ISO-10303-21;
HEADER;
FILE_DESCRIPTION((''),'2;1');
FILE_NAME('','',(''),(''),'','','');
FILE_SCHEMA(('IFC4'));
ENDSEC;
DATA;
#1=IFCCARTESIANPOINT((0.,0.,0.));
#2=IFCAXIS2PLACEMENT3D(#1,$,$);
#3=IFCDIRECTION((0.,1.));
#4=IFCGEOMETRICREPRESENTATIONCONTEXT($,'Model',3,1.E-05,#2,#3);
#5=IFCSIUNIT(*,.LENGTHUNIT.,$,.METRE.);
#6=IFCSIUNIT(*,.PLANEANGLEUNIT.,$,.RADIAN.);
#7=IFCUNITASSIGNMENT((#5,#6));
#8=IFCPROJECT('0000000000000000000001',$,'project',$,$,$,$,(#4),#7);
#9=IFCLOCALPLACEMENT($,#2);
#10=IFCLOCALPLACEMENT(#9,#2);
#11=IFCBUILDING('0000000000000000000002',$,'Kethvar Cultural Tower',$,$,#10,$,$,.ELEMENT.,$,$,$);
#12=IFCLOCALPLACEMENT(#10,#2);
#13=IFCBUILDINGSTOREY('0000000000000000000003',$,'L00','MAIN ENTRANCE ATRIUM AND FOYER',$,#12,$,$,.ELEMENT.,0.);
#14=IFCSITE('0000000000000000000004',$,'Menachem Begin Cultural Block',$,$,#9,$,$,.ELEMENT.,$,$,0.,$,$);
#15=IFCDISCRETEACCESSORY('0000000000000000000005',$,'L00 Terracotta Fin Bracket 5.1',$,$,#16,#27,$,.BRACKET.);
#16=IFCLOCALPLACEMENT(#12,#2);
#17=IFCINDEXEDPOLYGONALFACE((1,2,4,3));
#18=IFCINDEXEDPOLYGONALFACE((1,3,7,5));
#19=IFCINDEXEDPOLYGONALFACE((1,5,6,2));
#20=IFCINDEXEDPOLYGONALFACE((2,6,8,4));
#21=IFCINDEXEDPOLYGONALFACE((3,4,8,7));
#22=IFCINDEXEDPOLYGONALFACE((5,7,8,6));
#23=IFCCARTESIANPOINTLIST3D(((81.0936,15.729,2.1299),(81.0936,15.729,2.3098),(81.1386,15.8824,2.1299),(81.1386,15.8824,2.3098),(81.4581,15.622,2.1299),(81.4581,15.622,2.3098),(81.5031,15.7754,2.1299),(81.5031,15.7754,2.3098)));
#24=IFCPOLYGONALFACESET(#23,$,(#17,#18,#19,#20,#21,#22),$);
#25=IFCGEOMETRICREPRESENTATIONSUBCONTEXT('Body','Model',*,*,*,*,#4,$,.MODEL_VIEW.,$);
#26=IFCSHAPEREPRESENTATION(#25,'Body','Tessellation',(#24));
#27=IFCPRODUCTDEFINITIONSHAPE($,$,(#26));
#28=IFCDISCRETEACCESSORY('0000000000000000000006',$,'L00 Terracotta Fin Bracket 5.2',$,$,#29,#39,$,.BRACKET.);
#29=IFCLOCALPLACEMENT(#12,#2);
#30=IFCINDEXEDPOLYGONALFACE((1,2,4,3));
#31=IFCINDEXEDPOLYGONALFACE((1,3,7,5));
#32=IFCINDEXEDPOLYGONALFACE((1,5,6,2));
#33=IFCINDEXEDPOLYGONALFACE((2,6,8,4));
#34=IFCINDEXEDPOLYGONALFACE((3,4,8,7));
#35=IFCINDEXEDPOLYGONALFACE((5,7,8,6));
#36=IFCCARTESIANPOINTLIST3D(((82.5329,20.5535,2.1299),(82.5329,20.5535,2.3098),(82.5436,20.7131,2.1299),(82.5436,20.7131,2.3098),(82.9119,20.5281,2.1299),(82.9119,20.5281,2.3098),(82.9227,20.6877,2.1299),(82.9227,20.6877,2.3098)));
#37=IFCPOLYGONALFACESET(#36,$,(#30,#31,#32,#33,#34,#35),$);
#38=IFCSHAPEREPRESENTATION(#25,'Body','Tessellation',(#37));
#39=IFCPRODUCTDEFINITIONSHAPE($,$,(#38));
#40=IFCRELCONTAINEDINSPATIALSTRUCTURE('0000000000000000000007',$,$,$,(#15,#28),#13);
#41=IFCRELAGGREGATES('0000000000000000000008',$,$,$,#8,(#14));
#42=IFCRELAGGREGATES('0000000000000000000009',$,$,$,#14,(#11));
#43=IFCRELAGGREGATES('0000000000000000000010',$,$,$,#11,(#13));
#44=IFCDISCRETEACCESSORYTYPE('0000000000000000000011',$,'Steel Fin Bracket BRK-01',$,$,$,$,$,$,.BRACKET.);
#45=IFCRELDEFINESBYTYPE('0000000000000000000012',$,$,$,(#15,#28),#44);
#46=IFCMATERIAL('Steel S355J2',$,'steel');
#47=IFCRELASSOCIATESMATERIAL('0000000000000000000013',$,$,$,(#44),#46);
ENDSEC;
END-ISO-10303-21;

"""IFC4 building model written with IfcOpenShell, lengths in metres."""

from ifc_helpers import new_model, si_unit, direction, frame, origin, origin_2d, place, context, subcontext, project, spatial, rectangle, extrude, source, transform, mapped, material, type_object, element, save


model = new_model("IFC4")

# Units and contexts
model_context = context("Model", 3, precision=1e-05, world=origin(), true_north=direction((0.0, 1.0)))
body_context = subcontext(model_context, "Body", "Model", "MODEL_VIEW")
ifc_project = project(units=[si_unit("LENGTHUNIT", "METRE"), si_unit("PLANEANGLEUNIT", "RADIAN")], contexts=[model_context])

# Site, building, storey
site_placement = place(None, origin())
site = spatial("IfcSite", under=ifc_project, at=site_placement, Name="Menachem Begin Cultural Block", CompositionType="ELEMENT", RefElevation=0.0)
building_placement = place(site_placement, origin())
building = spatial("IfcBuilding", under=site, at=building_placement, Name="Kethvar Cultural Tower", CompositionType="ELEMENT")
storey_placement = place(building_placement, origin())
storey = spatial("IfcBuildingStorey", under=building, at=storey_placement, Name="L00", Description="MAIN ENTRANCE ATRIUM AND FOYER", CompositionType="ELEMENT", Elevation=0.0)

# Shared definitions
ifc_material_1 = material(Name="Steel S355J2", Category="steel")

# Discrete accessories
discrete_accessory_type = type_object("IfcDiscreteAccessoryType", Name="Steel Fin Bracket BRK-01", PredefinedType="BRACKET", material=ifc_material_1)
shared_shape_1 = source(origin(), body_context, "Body", "SweptSolid", [
    extrude(rectangle(XDim=0.3799, YDim=0.1599, at=origin_2d()), origin(), (0.0, 0.0, 1.0), 0.1799),
])
for number, where, z_axis, x_axis, name in (
    (1, (81.2983, 15.7522, 2.1299), (0.0, 0.0, 1.0), (0.959511, -0.281672, 0.0), "L00 Terracotta Fin Bracket 5.1"),
    (2, (82.7278, 20.6206, 2.1299), (0.0, 0.0, 1.0), (0.997755, -0.06697, 0.0), "L00 Terracotta Fin Bracket 5.2"),
):
    element("IfcDiscreteAccessory", number, at=place(storey_placement, frame(where, z_axis=z_axis, x_axis=x_axis)), inside=storey, type_object=discrete_accessory_type, Name=name, PredefinedType="BRACKET", context=body_context, shape_type="MappedRepresentation", body=[
        mapped(shared_shape_1, transform((0.0, 0.0, 0.0), scale=1.0)),
    ])

save(model, "model.ifc")
